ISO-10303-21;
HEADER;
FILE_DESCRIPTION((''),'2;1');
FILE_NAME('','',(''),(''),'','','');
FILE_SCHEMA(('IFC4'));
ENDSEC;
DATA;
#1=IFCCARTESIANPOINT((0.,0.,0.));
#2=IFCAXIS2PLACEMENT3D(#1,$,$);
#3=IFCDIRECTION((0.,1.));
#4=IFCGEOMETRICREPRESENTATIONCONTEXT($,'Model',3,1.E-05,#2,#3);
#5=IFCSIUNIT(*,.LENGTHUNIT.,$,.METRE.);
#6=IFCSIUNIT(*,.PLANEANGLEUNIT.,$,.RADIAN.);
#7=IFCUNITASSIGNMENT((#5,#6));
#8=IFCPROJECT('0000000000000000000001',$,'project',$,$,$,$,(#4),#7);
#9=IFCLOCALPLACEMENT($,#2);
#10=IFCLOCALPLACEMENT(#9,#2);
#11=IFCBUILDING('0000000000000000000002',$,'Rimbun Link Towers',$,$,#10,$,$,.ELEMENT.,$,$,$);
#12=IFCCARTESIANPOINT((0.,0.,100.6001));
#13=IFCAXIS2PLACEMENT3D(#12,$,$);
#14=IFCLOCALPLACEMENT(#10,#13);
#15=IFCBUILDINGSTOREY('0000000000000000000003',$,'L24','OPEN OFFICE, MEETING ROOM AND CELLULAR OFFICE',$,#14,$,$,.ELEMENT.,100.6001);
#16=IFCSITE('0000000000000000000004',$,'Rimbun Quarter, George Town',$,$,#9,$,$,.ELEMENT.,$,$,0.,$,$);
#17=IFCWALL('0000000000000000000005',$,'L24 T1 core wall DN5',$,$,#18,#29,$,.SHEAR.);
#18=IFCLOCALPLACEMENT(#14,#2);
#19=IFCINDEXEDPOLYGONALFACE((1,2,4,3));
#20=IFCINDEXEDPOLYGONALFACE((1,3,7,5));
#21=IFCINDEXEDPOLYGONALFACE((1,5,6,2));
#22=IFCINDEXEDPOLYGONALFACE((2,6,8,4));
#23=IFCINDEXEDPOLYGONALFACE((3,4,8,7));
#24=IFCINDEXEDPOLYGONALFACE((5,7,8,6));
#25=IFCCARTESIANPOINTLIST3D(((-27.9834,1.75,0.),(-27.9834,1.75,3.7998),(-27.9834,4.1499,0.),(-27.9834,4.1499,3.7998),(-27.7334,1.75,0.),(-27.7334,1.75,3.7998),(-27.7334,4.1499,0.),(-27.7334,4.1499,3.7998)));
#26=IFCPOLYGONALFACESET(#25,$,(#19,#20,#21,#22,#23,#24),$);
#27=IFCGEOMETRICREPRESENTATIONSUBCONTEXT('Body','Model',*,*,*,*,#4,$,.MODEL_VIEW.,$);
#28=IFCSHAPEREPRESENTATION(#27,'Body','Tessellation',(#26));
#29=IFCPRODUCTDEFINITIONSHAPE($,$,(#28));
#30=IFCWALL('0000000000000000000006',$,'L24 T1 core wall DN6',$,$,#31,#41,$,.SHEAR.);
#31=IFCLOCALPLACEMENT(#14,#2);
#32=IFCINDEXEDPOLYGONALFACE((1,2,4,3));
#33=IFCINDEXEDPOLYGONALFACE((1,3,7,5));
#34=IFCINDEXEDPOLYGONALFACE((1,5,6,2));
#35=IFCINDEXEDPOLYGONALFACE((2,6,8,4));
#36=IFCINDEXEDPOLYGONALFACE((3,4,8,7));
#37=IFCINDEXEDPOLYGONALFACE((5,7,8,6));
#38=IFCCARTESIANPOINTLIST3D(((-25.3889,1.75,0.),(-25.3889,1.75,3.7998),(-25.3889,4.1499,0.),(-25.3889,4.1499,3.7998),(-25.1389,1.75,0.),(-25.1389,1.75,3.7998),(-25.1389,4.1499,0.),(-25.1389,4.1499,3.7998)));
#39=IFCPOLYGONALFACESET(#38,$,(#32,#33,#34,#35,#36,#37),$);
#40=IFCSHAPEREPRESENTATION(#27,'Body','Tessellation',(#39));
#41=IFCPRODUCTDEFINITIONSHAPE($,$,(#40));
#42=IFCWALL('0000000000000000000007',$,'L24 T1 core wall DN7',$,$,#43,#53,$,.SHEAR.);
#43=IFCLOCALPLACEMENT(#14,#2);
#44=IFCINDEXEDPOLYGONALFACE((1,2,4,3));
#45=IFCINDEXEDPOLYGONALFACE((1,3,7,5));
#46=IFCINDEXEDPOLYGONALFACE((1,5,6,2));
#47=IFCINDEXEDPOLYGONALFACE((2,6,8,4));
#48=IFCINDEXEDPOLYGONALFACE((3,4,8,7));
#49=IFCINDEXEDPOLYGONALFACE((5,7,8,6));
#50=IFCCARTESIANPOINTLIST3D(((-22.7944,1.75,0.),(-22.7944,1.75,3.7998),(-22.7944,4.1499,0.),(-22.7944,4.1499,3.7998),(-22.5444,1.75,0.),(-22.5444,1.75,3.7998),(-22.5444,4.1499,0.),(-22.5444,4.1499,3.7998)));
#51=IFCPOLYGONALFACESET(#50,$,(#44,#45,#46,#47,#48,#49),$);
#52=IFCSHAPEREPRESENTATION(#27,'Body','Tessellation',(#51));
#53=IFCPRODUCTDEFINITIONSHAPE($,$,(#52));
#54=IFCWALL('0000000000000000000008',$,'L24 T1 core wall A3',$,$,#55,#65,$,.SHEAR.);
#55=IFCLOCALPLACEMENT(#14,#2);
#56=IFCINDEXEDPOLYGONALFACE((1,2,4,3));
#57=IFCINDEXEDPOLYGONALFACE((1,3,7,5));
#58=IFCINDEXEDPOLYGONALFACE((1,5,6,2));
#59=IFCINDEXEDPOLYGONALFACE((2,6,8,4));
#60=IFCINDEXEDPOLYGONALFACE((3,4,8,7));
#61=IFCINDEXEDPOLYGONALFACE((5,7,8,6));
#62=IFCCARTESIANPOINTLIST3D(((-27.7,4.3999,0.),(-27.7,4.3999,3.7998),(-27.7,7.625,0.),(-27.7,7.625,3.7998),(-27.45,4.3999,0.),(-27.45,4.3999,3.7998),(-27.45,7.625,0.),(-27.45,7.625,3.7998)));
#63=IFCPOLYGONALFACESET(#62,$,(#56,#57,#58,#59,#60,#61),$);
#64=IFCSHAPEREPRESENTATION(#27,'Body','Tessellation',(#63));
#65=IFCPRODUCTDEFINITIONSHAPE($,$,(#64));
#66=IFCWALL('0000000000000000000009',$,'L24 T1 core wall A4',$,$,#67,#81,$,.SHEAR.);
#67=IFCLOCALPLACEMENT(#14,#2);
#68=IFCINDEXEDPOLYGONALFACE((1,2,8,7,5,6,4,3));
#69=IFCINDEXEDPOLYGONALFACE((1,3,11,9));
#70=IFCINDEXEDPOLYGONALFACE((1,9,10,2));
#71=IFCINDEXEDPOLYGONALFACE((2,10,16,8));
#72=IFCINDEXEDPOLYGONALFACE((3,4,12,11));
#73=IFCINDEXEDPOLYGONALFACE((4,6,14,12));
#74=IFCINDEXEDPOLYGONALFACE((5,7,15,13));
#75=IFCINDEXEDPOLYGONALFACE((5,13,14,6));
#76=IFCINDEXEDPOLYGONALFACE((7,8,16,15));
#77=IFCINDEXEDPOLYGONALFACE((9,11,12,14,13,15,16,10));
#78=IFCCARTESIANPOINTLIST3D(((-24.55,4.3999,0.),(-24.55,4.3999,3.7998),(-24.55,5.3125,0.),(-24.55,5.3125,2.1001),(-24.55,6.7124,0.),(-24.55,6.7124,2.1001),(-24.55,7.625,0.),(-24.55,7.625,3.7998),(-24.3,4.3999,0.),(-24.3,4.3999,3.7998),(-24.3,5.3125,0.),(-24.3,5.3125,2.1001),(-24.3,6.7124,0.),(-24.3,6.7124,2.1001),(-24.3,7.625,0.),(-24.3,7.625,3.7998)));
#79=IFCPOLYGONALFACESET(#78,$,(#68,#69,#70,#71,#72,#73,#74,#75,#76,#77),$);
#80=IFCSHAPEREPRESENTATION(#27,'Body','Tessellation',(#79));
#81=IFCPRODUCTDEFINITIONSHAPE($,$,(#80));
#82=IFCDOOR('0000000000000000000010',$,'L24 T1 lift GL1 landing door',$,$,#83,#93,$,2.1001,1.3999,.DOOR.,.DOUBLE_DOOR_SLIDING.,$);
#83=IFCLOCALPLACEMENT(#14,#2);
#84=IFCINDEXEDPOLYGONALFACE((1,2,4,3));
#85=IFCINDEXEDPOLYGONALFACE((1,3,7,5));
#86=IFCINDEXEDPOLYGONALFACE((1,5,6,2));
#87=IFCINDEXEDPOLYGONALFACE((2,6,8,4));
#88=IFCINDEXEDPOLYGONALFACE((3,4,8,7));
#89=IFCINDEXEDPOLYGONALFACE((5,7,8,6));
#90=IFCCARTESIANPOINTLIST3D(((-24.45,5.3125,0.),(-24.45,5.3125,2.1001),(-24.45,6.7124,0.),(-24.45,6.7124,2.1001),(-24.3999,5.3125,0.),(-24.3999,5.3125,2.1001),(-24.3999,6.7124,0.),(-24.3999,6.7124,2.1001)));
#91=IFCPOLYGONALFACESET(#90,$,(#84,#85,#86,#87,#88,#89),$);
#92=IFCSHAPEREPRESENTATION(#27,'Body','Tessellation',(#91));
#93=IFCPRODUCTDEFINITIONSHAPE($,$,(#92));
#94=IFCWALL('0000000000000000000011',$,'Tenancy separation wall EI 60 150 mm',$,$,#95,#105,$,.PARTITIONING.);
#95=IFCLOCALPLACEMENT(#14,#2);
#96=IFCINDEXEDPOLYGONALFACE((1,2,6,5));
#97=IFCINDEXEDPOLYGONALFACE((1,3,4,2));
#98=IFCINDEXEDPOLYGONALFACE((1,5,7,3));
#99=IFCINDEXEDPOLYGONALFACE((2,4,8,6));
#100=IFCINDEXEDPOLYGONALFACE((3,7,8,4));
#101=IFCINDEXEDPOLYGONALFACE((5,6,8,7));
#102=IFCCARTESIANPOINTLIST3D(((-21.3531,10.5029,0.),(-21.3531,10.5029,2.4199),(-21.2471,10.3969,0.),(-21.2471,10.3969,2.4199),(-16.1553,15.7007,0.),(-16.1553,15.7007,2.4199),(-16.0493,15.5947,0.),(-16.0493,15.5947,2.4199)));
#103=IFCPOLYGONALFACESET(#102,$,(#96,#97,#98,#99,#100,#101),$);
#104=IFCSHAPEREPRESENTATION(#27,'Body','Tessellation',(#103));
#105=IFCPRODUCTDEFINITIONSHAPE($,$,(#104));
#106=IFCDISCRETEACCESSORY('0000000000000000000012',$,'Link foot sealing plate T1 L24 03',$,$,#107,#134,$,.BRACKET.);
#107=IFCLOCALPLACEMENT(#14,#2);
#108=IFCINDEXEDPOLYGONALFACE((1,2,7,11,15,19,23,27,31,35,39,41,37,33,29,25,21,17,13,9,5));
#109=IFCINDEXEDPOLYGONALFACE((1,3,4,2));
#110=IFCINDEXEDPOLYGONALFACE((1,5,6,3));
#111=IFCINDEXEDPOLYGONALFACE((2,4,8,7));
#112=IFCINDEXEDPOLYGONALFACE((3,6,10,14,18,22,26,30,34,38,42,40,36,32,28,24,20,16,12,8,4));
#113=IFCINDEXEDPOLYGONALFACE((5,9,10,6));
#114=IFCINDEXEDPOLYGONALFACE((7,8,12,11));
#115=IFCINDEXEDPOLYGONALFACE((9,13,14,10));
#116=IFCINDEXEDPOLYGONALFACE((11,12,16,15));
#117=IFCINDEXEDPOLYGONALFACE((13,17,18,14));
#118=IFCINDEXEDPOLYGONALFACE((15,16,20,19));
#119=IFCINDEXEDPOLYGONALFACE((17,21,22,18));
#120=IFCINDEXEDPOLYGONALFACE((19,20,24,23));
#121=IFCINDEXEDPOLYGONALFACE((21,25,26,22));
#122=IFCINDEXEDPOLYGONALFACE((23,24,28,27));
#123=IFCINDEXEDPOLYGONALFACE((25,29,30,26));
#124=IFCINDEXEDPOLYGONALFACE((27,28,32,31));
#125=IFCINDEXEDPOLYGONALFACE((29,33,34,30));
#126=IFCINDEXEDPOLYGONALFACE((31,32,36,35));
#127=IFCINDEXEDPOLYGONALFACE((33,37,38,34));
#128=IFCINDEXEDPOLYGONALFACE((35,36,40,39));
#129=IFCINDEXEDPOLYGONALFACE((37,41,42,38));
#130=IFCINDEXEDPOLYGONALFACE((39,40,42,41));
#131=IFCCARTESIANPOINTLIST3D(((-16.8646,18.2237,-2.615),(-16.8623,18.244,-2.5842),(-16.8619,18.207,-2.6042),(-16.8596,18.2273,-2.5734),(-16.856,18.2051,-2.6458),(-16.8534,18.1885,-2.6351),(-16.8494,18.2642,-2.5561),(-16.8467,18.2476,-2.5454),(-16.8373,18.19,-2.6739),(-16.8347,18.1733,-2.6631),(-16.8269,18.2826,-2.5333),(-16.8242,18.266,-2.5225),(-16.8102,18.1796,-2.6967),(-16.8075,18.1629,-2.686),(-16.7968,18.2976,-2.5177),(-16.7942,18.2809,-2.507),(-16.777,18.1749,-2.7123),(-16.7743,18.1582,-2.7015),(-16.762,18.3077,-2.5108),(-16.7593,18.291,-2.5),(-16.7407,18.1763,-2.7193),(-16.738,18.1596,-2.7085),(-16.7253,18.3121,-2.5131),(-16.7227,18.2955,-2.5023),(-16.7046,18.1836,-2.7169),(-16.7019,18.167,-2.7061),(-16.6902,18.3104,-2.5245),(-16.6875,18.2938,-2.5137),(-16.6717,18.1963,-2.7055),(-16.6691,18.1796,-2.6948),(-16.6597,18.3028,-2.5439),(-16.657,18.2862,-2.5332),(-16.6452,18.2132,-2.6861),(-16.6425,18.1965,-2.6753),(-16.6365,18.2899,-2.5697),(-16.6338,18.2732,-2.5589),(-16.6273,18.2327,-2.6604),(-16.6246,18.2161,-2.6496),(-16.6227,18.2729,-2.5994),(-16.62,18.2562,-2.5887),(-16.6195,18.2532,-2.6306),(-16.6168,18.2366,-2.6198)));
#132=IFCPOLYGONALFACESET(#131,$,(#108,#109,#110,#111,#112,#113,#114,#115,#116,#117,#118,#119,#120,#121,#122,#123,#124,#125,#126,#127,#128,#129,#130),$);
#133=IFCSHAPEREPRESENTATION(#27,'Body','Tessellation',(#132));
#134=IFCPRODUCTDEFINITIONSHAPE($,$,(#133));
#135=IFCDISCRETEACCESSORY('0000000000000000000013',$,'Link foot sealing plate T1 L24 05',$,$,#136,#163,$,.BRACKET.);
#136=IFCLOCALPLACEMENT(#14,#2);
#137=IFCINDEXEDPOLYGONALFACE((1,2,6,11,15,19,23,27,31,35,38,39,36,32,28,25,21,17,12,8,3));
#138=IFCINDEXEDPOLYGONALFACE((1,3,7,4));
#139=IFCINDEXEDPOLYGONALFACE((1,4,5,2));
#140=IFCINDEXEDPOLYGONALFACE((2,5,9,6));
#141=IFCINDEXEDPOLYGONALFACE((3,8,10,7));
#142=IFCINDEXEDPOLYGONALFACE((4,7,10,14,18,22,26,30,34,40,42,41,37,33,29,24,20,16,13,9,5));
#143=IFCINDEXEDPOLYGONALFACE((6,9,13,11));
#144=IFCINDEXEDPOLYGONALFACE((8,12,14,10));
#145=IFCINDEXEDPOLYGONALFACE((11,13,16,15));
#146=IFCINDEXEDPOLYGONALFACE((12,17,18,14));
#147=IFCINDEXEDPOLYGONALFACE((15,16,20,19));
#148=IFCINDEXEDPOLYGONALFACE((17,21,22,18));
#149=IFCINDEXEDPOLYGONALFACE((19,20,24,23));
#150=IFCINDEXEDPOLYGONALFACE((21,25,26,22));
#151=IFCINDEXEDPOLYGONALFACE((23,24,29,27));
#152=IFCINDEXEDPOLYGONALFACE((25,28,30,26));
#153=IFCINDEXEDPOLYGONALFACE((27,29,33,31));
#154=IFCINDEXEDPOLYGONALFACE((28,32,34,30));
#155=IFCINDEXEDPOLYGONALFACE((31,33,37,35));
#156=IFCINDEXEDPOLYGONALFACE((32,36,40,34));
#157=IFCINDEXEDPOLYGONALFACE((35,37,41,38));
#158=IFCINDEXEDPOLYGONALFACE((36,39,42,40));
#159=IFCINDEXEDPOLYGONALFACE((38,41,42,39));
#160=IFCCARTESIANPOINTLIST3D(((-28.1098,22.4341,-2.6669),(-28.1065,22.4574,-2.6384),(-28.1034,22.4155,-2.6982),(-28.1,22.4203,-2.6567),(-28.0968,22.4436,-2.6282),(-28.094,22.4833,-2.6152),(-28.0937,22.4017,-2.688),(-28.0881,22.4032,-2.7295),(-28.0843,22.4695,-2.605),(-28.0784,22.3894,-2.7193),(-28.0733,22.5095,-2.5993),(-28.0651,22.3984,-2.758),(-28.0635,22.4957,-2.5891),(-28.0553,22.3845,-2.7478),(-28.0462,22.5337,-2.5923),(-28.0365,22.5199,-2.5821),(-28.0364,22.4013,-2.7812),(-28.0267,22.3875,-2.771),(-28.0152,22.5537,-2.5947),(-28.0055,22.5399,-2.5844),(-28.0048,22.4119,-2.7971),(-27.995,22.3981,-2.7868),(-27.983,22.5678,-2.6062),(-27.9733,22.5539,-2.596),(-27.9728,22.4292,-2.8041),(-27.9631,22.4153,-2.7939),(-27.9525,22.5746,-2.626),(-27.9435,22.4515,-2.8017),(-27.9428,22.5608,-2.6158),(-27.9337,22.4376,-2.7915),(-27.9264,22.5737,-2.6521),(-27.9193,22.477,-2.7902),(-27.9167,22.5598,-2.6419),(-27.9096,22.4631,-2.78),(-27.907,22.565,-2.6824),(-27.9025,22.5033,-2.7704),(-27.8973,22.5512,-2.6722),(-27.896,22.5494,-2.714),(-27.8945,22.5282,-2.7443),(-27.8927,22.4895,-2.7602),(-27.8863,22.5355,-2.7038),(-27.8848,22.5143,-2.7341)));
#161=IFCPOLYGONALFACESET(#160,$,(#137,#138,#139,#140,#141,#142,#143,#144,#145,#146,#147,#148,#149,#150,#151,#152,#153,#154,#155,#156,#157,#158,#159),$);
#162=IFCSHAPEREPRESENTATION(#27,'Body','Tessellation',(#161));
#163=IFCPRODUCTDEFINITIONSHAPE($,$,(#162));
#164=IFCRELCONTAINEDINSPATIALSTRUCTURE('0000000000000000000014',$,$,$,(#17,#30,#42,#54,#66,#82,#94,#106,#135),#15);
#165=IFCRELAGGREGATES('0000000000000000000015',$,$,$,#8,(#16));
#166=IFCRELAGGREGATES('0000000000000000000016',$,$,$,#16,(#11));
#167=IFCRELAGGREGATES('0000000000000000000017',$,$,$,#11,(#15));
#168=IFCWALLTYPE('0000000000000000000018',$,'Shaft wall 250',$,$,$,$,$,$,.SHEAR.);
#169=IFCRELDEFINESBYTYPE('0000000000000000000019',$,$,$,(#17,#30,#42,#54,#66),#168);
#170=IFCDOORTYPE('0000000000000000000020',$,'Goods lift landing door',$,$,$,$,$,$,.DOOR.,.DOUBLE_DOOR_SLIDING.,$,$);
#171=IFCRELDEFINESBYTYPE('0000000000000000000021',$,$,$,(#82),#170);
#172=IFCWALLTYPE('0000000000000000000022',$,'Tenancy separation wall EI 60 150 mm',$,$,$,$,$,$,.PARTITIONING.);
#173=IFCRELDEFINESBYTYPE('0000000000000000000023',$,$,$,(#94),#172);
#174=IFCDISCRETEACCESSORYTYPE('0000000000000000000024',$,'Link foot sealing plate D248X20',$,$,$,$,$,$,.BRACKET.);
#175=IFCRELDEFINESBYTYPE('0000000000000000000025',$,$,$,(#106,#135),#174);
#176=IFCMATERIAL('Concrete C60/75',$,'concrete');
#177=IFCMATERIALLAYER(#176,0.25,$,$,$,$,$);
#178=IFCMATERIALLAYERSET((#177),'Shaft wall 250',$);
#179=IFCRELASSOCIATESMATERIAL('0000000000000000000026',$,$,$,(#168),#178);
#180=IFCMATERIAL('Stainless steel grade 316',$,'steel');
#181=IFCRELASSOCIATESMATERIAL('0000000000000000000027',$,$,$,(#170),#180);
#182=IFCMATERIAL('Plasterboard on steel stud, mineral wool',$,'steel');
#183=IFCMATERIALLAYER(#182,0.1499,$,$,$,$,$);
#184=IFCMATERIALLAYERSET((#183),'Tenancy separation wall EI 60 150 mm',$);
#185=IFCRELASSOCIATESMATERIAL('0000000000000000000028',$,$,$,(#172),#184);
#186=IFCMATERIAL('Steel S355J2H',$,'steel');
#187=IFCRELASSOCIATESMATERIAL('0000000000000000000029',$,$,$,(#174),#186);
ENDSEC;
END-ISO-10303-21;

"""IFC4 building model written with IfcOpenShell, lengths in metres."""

from ifc_helpers import new_model, si_unit, direction, frame, frame_2d, origin, origin_2d, place, context, subcontext, project, spatial, rectangle, circle, extrude, material, layer, layer_set, material_profile, profile_set, type_object, element, fill, save


model = new_model("IFC4")

# Units and contexts
model_context = context("Model", 3, precision=1e-05, world=origin(), true_north=direction((0.0, 1.0)))
body_context = subcontext(model_context, "Body", "Model", "MODEL_VIEW")
ifc_project = project(units=[si_unit("LENGTHUNIT", "METRE"), si_unit("PLANEANGLEUNIT", "RADIAN")], contexts=[model_context])

# Site, building, storey
site_placement = place(None, origin())
site = spatial("IfcSite", under=ifc_project, at=site_placement, Name="Rimbun Quarter, George Town", CompositionType="ELEMENT", RefElevation=0.0)
building_placement = place(site_placement, origin())
building = spatial("IfcBuilding", under=site, at=building_placement, Name="Rimbun Link Towers", CompositionType="ELEMENT")
storey_placement = place(building_placement, frame((0.0, 0.0, 100.6001)))
storey = spatial("IfcBuildingStorey", under=building, at=storey_placement, Name="L24", Description="OPEN OFFICE, MEETING ROOM AND CELLULAR OFFICE", CompositionType="ELEMENT", Elevation=100.6001)

# Walls
ifc_material_1 = material(Name="Concrete C60/75", Category="concrete")
ifc_layer_1 = layer(ifc_material_1, 0.25)
ifc_layer_set_1 = layer_set([ifc_layer_1], Name="Shaft wall 250")
wall_type_1 = type_object("IfcWallType", Name="Shaft wall 250", PredefinedType="SHEAR", material=ifc_layer_set_1)
for number, where, z_axis, x_axis, name in (
    (1, (-27.8584, 1.75, 0.0), (0.0, 0.0, 1.0), (0.0, 1.0, 0.0), "L24 T1 core wall DN5"),
    (2, (-25.2639, 1.75, 0.0), (0.0, 0.0, 1.0), (0.0, 1.0, 0.0), "L24 T1 core wall DN6"),
    (3, (-22.6694, 1.75, 0.0), (0.0, 0.0, 1.0), (0.0, 1.0, 0.0), "L24 T1 core wall DN7"),
):
    element("IfcWall", number, at=place(storey_placement, frame(where, z_axis=z_axis, x_axis=x_axis)), inside=storey, type_object=wall_type_1, Name=name, PredefinedType="SHEAR", context=body_context, shape_type="SweptSolid", body=[
        extrude(rectangle(XDim=2.3999, YDim=0.25, at=frame_2d((1.2, 0.0))), origin(), (0.0, 0.0, 1.0), 3.7998),
    ])
wall_1_placement = place(storey_placement, frame((-27.575, 4.3999, 0.0), z_axis=(0.0, 0.0, 1.0), x_axis=(0.0, 1.0, 0.0)))
element("IfcWall", 4, at=wall_1_placement, inside=storey, type_object=wall_type_1, Name="L24 T1 core wall A3", PredefinedType="SHEAR", context=body_context, shape_type="SweptSolid", body=[
    extrude(rectangle(XDim=3.2251, YDim=0.25, at=frame_2d((1.6125, 0.0))), origin(), (0.0, 0.0, 1.0), 3.7998),
])

# Wall, opening, door
wall_2_placement = place(storey_placement, frame((-24.425, 4.3999, 0.0), z_axis=(0.0, 0.0, 1.0), x_axis=(0.0, 1.0, 0.0)))
wall_2 = element("IfcWall", 5, at=wall_2_placement, inside=storey, type_object=wall_type_1, Name="L24 T1 core wall A4", PredefinedType="SHEAR", context=body_context, shape_type="SweptSolid", body=[
    extrude(rectangle(XDim=3.2251, YDim=0.25, at=frame_2d((1.6125, 0.0))), origin(), (0.0, 0.0, 1.0), 3.7998),
])
opening_1_placement = place(wall_2_placement, frame((0.9126, 0.0, 0.0)))
opening_1 = element("IfcOpeningElement", 6, at=opening_1_placement, cuts=wall_2, PredefinedType="OPENING", context=body_context, shape_type="SweptSolid", body=[
    extrude(rectangle(XDim=1.3999, YDim=2.1001, at=frame_2d((0.7, 1.05))), frame((0.0, 0.135, 0.0), z_axis=(0.0, -1.0, 0.0), x_axis=(1.0, 0.0, 0.0)), (0.0, 0.0, 1.0), 0.27),
])
ifc_material_2 = material(Name="Stainless steel grade 316", Category="steel")
door_type_1 = type_object("IfcDoorType", Name="Goods lift landing door", OperationType="DOUBLE_DOOR_SLIDING", PredefinedType="DOOR", material=ifc_material_2)
door_1_placement = place(opening_1_placement, origin())
door_1 = element("IfcDoor", 7, at=door_1_placement, inside=storey, type_object=door_type_1, Name="L24 T1 lift GL1 landing door", OperationType="DOUBLE_DOOR_SLIDING", OverallHeight=2.1001, OverallWidth=1.3999, PredefinedType="DOOR", context=body_context, shape_type="SweptSolid", body=[
    extrude(rectangle(XDim=1.3999, YDim=2.1001, at=frame_2d((0.7, 1.05))), frame((0.0, 0.0249, 0.0), z_axis=(0.0, -1.0, 0.0), x_axis=(1.0, 0.0, 0.0)), (0.0, 0.0, 1.0), 0.05),
])
fill(opening_1, door_1)

# Wall
ifc_material_3 = material(Name="Plasterboard on steel stud, mineral wool", Category="steel")
ifc_layer_2 = layer(ifc_material_3, 0.1499)
ifc_layer_set_2 = layer_set([ifc_layer_2], Name="Tenancy separation wall EI 60 150 mm")
wall_type_2 = type_object("IfcWallType", Name="Tenancy separation wall EI 60 150 mm", PredefinedType="PARTITIONING", material=ifc_layer_set_2)
wall_3_placement = place(storey_placement, frame((-21.3, 10.45, 0.0), z_axis=(0.0, 0.0, 1.0), x_axis=(0.707107, 0.707107, 0.0)))
element("IfcWall", 8, at=wall_3_placement, inside=storey, type_object=wall_type_2, Name="Tenancy separation wall EI 60 150 mm", PredefinedType="PARTITIONING", context=body_context, shape_type="SweptSolid", body=[
    extrude(rectangle(XDim=7.3508, YDim=0.1499, at=frame_2d((3.6753, 0.0))), origin(), (0.0, 0.0, 1.0), 2.4199),
])

# Discrete accessories
ifc_material_4 = material(Name="Steel S355J2H", Category="steel")
ifc_material_profile_1 = material_profile(ifc_material_4, circle(Radius=0.124, at=origin_2d()), Name="PL D248")
ifc_profile_set_1 = profile_set([ifc_material_profile_1], Name="Steel S355J2H")
discrete_accessory_type = type_object("IfcDiscreteAccessoryType", Name="Link foot sealing plate D248X20", PredefinedType="BRACKET", material=ifc_profile_set_1)
discrete_accessory_1_placement = place(storey_placement, frame((-16.7395, 18.2268, -2.6042), z_axis=(-0.134577, 0.831933, -0.538309), x_axis=(-0.987167, -0.159689, 0.0)))
element("IfcDiscreteAccessory", 9, at=discrete_accessory_1_placement, inside=storey, type_object=discrete_accessory_type, Name="Link foot sealing plate T1 L24 03", PredefinedType="BRACKET", context=body_context, shape_type="SweptSolid", body=[
    extrude(circle(Radius=0.124, at=origin_2d()), origin(), (0.0, 0.0, 1.0), 0.02),
])
discrete_accessory_2_placement = place(storey_placement, frame((-27.9922, 22.4729, -2.688), z_axis=(-0.491882, 0.700932, -0.516476), x_axis=(-0.818557, -0.574426, 0.0)))
element("IfcDiscreteAccessory", 10, at=discrete_accessory_2_placement, inside=storey, type_object=discrete_accessory_type, Name="Link foot sealing plate T1 L24 05", PredefinedType="BRACKET", context=body_context, shape_type="SweptSolid", body=[
    extrude(circle(Radius=0.124, at=origin_2d()), origin(), (0.0, 0.0, 1.0), 0.0198),
])

save(model, "model.ifc")
